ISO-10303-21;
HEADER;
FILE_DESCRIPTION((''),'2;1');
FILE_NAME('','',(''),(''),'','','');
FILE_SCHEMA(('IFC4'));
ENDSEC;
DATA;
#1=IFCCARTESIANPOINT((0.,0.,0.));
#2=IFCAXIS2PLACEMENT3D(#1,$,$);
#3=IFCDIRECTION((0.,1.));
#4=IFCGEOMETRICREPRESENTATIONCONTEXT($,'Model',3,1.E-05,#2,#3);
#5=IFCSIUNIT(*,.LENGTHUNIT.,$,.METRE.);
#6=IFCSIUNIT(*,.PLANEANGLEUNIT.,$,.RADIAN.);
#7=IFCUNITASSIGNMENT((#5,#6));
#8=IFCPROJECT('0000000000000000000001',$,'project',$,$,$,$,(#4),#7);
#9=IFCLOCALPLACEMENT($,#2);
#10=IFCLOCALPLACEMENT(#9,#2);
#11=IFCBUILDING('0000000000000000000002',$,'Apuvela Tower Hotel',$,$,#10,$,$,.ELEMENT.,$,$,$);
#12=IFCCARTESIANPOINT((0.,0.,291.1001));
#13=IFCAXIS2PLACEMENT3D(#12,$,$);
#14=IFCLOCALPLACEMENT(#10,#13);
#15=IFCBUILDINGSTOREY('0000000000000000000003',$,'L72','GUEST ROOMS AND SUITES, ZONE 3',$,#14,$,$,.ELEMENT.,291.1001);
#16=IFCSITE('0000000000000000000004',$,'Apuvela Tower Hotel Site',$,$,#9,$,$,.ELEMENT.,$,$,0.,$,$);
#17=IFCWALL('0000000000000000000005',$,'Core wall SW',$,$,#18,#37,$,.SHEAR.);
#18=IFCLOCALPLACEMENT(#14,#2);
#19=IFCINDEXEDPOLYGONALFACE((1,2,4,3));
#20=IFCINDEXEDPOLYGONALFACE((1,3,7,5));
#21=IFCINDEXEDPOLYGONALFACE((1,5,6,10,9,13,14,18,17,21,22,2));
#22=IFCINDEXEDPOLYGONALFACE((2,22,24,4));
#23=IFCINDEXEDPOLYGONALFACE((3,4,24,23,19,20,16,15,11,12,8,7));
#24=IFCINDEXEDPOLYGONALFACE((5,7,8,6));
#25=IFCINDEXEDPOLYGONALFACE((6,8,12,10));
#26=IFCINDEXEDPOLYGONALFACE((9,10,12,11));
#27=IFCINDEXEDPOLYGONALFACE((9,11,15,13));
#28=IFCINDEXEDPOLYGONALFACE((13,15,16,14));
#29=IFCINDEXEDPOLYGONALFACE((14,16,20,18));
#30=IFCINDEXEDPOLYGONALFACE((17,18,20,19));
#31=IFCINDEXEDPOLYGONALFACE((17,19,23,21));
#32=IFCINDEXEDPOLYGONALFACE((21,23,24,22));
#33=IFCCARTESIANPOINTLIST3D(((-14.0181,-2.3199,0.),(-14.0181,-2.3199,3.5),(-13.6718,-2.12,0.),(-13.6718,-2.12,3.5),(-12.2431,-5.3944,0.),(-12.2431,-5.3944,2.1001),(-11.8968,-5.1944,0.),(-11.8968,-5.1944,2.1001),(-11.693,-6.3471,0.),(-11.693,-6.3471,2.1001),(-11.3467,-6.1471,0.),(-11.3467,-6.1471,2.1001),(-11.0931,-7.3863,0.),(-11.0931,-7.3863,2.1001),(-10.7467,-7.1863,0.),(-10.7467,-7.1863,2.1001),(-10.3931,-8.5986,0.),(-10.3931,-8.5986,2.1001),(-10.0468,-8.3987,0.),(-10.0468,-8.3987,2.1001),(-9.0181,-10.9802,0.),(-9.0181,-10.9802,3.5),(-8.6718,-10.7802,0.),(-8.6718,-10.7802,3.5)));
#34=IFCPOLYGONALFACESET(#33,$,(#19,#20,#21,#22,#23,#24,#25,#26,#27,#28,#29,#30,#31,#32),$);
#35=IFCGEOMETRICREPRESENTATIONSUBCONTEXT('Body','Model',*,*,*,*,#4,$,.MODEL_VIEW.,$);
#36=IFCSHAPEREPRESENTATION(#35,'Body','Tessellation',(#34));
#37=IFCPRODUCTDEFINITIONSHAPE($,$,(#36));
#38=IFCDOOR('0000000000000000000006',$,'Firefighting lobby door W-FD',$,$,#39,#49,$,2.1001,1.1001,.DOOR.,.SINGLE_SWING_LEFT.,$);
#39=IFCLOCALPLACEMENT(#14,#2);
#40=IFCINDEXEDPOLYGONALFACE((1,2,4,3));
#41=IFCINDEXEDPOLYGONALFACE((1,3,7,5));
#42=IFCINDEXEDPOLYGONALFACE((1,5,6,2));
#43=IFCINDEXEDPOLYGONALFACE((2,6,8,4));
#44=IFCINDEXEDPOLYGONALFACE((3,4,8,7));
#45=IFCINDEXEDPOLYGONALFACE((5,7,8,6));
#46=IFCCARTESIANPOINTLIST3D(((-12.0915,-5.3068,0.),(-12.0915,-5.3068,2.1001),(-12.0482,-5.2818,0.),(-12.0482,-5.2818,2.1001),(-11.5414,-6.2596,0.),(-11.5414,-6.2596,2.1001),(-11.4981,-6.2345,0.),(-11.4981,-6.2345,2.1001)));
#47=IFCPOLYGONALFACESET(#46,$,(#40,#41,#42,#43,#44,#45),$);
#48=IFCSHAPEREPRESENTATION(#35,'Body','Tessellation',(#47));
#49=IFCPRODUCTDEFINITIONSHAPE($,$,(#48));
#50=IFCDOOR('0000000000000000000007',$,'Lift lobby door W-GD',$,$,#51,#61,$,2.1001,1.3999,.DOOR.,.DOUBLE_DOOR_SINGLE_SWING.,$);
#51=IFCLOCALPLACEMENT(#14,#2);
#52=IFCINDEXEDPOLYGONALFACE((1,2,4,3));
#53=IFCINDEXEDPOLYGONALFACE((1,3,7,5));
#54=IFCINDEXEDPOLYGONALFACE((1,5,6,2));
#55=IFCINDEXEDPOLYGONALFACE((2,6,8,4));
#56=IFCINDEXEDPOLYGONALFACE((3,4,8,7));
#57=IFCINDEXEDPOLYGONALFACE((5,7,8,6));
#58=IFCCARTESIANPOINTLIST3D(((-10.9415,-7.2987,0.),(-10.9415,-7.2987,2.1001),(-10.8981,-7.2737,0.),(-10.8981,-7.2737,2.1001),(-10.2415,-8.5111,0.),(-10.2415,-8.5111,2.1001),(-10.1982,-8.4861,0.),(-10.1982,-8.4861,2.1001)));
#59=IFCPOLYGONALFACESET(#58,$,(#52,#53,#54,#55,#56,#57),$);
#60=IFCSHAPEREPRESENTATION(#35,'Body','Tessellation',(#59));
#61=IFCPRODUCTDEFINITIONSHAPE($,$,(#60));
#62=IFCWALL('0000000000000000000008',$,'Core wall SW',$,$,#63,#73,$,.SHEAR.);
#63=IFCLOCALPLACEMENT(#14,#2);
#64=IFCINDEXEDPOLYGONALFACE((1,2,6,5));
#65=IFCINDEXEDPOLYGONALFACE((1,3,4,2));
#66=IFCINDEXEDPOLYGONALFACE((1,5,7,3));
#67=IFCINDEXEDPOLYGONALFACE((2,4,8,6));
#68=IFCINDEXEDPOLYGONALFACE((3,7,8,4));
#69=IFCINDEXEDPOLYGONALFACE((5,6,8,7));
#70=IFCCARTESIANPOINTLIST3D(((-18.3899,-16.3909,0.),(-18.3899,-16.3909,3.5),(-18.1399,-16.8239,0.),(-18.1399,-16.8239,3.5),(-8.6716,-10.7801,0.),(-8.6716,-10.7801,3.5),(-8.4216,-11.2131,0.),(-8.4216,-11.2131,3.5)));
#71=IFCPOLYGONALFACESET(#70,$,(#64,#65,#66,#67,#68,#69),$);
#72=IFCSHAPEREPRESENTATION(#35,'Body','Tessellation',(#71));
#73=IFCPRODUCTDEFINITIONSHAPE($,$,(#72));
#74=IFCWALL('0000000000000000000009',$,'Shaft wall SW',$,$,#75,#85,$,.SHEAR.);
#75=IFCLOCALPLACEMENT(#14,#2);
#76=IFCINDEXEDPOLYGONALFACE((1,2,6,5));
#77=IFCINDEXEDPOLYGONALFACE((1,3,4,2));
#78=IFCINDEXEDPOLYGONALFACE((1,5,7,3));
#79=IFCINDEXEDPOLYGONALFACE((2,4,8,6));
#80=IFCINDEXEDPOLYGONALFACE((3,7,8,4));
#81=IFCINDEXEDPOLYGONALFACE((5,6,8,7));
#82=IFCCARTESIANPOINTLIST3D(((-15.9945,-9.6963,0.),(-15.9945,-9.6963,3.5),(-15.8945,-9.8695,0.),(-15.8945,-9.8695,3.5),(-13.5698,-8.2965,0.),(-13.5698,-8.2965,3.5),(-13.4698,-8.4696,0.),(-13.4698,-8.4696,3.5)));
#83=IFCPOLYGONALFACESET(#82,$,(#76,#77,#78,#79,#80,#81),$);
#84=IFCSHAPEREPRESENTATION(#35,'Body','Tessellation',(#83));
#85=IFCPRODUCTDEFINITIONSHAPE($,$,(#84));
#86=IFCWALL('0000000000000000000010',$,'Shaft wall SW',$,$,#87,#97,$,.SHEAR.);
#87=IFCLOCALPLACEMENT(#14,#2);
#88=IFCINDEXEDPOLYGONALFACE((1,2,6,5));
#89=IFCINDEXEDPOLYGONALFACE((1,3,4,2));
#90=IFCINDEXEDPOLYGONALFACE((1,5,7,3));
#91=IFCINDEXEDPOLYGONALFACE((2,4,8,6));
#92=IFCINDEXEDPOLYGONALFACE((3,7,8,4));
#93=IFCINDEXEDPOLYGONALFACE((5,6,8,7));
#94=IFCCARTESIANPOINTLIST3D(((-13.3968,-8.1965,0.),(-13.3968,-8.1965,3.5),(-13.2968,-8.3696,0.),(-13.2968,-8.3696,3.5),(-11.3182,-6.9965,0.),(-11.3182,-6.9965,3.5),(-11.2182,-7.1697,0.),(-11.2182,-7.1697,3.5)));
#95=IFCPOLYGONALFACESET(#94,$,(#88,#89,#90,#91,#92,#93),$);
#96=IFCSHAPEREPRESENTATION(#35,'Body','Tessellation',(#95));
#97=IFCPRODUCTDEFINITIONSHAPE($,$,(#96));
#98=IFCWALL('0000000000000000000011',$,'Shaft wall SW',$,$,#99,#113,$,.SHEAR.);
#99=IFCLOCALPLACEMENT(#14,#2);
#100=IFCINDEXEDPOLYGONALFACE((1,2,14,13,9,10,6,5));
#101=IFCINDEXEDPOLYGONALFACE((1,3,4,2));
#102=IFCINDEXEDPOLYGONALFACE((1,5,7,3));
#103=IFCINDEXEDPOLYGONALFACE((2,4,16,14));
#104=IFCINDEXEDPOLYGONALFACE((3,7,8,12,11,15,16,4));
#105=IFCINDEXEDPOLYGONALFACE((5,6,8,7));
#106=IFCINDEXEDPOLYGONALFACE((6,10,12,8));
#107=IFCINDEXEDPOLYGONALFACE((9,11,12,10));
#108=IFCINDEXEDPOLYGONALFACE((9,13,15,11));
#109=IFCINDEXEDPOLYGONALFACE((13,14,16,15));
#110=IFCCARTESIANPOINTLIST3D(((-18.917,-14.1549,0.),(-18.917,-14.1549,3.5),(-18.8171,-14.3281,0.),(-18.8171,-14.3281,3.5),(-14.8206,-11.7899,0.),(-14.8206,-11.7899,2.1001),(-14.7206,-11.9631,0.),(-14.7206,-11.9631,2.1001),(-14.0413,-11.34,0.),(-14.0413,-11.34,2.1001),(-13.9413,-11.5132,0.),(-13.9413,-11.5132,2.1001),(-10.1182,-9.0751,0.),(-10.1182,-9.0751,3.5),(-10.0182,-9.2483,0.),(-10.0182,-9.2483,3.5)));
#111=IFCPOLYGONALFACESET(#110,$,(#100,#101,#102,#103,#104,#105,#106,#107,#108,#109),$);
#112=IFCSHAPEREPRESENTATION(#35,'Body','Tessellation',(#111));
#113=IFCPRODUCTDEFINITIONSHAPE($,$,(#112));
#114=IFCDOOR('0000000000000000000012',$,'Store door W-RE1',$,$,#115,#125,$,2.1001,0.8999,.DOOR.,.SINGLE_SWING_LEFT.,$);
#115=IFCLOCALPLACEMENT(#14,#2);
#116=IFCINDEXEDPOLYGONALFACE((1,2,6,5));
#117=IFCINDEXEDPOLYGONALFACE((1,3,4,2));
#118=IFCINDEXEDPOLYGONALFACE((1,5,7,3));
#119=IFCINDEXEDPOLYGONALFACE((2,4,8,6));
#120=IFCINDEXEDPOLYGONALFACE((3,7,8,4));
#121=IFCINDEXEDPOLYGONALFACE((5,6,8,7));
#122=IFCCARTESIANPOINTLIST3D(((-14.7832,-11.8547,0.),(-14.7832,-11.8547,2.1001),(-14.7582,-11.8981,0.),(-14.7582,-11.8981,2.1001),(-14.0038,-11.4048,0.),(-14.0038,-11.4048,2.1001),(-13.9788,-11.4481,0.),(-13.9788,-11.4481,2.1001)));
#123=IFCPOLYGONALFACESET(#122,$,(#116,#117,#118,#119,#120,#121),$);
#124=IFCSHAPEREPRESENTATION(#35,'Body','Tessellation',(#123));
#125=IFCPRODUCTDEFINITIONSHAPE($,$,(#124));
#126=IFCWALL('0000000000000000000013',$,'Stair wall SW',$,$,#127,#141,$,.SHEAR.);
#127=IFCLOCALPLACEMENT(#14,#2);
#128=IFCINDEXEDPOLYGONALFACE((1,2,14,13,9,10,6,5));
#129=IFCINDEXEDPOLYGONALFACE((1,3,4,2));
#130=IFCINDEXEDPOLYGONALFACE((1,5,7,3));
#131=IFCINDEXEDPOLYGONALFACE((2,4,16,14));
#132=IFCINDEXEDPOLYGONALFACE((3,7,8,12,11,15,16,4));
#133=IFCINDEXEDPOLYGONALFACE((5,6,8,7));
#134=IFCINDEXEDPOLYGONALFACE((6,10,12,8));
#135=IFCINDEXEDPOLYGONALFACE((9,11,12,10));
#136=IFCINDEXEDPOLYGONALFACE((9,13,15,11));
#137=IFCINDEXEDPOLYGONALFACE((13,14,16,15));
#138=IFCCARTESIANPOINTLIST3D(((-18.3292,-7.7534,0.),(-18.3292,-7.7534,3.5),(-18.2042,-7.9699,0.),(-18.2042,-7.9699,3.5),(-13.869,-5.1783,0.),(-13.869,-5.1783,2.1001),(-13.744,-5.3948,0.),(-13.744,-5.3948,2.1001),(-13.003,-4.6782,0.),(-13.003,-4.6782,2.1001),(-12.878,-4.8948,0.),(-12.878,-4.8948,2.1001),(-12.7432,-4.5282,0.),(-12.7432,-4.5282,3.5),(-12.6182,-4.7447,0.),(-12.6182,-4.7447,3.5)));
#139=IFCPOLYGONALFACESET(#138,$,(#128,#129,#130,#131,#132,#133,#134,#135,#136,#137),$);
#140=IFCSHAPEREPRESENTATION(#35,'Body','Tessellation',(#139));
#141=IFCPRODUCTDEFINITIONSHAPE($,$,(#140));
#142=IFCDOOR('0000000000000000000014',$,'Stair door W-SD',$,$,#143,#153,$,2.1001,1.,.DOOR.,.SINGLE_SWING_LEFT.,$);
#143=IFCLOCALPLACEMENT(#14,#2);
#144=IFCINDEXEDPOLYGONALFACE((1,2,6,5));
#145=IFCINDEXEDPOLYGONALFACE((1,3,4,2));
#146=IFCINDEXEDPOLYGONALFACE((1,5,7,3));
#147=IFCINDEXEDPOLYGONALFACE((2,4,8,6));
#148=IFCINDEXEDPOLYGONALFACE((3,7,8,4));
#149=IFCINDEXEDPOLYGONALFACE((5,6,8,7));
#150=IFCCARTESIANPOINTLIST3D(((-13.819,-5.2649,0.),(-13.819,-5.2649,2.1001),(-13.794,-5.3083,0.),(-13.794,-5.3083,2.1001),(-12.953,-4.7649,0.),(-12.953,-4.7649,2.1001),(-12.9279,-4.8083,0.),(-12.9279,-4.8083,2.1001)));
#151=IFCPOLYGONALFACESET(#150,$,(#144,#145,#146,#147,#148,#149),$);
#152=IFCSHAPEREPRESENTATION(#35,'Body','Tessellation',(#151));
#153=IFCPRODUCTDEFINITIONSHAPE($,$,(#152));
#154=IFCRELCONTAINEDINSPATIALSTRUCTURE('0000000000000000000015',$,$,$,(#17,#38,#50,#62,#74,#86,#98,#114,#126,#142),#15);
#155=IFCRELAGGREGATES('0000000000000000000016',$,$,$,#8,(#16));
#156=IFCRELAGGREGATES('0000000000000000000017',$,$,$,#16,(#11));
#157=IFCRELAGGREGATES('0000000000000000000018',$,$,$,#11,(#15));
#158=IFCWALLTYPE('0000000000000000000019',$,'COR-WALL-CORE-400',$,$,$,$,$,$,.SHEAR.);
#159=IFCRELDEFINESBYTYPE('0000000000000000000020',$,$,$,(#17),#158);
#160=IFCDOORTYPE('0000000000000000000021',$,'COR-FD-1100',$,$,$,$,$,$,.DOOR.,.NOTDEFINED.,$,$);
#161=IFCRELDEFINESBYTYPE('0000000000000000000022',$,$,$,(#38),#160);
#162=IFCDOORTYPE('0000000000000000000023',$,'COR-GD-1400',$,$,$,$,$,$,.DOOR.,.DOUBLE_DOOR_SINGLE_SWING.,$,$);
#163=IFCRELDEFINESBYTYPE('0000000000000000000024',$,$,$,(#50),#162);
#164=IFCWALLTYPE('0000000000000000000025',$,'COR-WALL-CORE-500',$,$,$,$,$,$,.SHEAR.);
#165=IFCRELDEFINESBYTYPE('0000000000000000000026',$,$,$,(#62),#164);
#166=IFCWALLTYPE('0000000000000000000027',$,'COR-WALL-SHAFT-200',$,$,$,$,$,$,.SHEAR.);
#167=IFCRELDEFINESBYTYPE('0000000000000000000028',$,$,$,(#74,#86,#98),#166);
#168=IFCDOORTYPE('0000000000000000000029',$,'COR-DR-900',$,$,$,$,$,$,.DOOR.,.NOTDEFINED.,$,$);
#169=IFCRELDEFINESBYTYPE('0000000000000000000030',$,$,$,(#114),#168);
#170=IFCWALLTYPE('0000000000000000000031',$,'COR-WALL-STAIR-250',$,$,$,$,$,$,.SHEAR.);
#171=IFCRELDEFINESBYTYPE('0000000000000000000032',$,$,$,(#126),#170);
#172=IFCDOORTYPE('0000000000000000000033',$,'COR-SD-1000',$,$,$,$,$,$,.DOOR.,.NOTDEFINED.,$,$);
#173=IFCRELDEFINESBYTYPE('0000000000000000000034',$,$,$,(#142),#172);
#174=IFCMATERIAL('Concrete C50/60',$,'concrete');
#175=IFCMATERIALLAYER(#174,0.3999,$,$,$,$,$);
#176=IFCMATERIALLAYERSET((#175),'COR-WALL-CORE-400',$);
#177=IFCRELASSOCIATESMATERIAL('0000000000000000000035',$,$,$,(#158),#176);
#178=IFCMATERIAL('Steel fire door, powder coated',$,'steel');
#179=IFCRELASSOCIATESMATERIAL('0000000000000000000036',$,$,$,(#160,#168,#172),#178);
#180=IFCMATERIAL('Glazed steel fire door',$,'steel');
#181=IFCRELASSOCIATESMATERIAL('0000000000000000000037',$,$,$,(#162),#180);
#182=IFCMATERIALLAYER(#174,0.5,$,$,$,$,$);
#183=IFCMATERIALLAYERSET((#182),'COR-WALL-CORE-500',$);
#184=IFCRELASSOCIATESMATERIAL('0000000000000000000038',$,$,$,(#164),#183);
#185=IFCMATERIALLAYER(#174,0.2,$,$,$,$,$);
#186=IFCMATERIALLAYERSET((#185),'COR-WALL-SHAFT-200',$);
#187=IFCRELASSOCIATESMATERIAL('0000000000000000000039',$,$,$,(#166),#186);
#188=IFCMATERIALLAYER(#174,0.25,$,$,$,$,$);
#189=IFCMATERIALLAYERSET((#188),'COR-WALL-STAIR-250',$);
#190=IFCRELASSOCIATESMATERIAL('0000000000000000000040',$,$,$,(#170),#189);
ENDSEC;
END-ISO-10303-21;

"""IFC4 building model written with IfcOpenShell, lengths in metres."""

from ifc_helpers import new_model, si_unit, direction, frame, frame_2d, origin, place, context, subcontext, project, spatial, rectangle, extrude, material, layer, layer_set, type_object, element, fill, save


model = new_model("IFC4")

# Units and contexts
model_context = context("Model", 3, precision=1e-05, world=origin(), true_north=direction((0.0, 1.0)))
body_context = subcontext(model_context, "Body", "Model", "MODEL_VIEW")
ifc_project = project(units=[si_unit("LENGTHUNIT", "METRE"), si_unit("PLANEANGLEUNIT", "RADIAN")], contexts=[model_context])

# Site, building, storey
site_placement = place(None, origin())
site = spatial("IfcSite", under=ifc_project, at=site_placement, Name="Apuvela Tower Hotel Site", CompositionType="ELEMENT", RefElevation=0.0)
building_placement = place(site_placement, origin())
building = spatial("IfcBuilding", under=site, at=building_placement, Name="Apuvela Tower Hotel", CompositionType="ELEMENT")
storey_placement = place(building_placement, frame((0.0, 0.0, 291.1001)))
storey = spatial("IfcBuildingStorey", under=building, at=storey_placement, Name="L72", Description="GUEST ROOMS AND SUITES, ZONE 3", CompositionType="ELEMENT", Elevation=291.1001)

# Wall, openings, doors
ifc_material_1 = material(Name="Concrete C50/60", Category="concrete")
ifc_layer_1 = layer(ifc_material_1, 0.3999)
ifc_layer_set_1 = layer_set([ifc_layer_1], Name="COR-WALL-CORE-400")
wall_type_1 = type_object("IfcWallType", Name="COR-WALL-CORE-400", PredefinedType="SHEAR", material=ifc_layer_set_1)
wall_1_placement = place(storey_placement, frame((-13.845, -2.22, 0.0), z_axis=(0.0, 0.0, 1.0), x_axis=(0.500004, -0.866023, 0.0)))
wall_1 = element("IfcWall", 1, at=wall_1_placement, inside=storey, type_object=wall_type_1, Name="Core wall SW", PredefinedType="SHEAR", context=body_context, shape_type="SweptSolid", body=[
    extrude(rectangle(XDim=10.0, YDim=0.3999, at=frame_2d((5.0, 0.0))), origin(), (0.0, 0.0, 1.0), 3.5),
])
opening_1_placement = place(wall_1_placement, frame((3.55, 0.0, 0.0)))
opening_1 = element("IfcOpeningElement", 2, at=opening_1_placement, cuts=wall_1, PredefinedType="OPENING", context=body_context, shape_type="SweptSolid", body=[
    extrude(rectangle(XDim=1.1001, YDim=2.1001, at=frame_2d((0.55, 1.05))), frame((0.0, 0.21, 0.0), z_axis=(0.0, -1.0, 0.0), x_axis=(1.0, 0.0, 0.0)), (0.0, 0.0, 1.0), 0.4199),
])
opening_2_placement = place(wall_1_placement, frame((5.8501, 0.0, 0.0)))
opening_2 = element("IfcOpeningElement", 3, at=opening_2_placement, cuts=wall_1, PredefinedType="OPENING", context=body_context, shape_type="SweptSolid", body=[
    extrude(rectangle(XDim=1.3999, YDim=2.1001, at=frame_2d((0.7, 1.05))), frame((0.0, 0.21, 0.0), z_axis=(0.0, -1.0, 0.0), x_axis=(1.0, 0.0, 0.0)), (0.0, 0.0, 1.0), 0.4199),
])
ifc_material_2 = material(Name="Steel fire door, powder coated", Category="steel")
door_type_1 = type_object("IfcDoorType", Name="COR-FD-1100", OperationType="NOTDEFINED", PredefinedType="DOOR", material=ifc_material_2)
door_1_placement = place(opening_1_placement, frame((1.1001, 0.0, 0.0), z_axis=(0.0, 0.0, 1.0), x_axis=(-1.0, 0.0, 0.0)))
door_1 = element("IfcDoor", 4, at=door_1_placement, inside=storey, type_object=door_type_1, Name="Firefighting lobby door W-FD", OperationType="SINGLE_SWING_LEFT", OverallHeight=2.1001, OverallWidth=1.1001, PredefinedType="DOOR", context=body_context, shape_type="SweptSolid", body=[
    extrude(rectangle(XDim=1.1001, YDim=2.1001, at=frame_2d((0.55, 1.05))), frame((0.0, 0.0249, 0.0), z_axis=(0.0, -1.0, 0.0), x_axis=(1.0, 0.0, 0.0)), (0.0, 0.0, 1.0), 0.05),
])
fill(opening_1, door_1)
ifc_material_3 = material(Name="Glazed steel fire door", Category="steel")
door_type_2 = type_object("IfcDoorType", Name="COR-GD-1400", OperationType="DOUBLE_DOOR_SINGLE_SWING", PredefinedType="DOOR", material=ifc_material_3)
door_2_placement = place(opening_2_placement, frame((1.3999, 0.0, 0.0), z_axis=(0.0, 0.0, 1.0), x_axis=(-1.0, 0.0, 0.0)))
door_2 = element("IfcDoor", 5, at=door_2_placement, inside=storey, type_object=door_type_2, Name="Lift lobby door W-GD", OperationType="DOUBLE_DOOR_SINGLE_SWING", OverallHeight=2.1001, OverallWidth=1.3999, PredefinedType="DOOR", context=body_context, shape_type="SweptSolid", body=[
    extrude(rectangle(XDim=1.3999, YDim=2.1001, at=frame_2d((0.7, 1.05))), frame((0.0, 0.0249, 0.0), z_axis=(0.0, -1.0, 0.0), x_axis=(1.0, 0.0, 0.0)), (0.0, 0.0, 1.0), 0.05),
])
fill(opening_2, door_2)

# Walls
ifc_layer_2 = layer(ifc_material_1, 0.5)
ifc_layer_set_2 = layer_set([ifc_layer_2], Name="COR-WALL-CORE-500")
wall_type_2 = type_object("IfcWallType", Name="COR-WALL-CORE-500", PredefinedType="SHEAR", material=ifc_layer_set_2)
wall_2_placement = place(storey_placement, frame((-8.5466, -10.9966, 0.0), z_axis=(0.0, 0.0, 1.0), x_axis=(-0.866025, -0.5, 0.0)))
element("IfcWall", 6, at=wall_2_placement, inside=storey, type_object=wall_type_2, Name="Core wall SW", PredefinedType="SHEAR", context=body_context, shape_type="SweptSolid", body=[
    extrude(rectangle(XDim=11.2217, YDim=0.5, at=frame_2d((5.6108, 0.0))), origin(), (0.0, 0.0, 1.0), 3.5),
])
ifc_layer_3 = layer(ifc_material_1, 0.2)
ifc_layer_set_3 = layer_set([ifc_layer_3], Name="COR-WALL-SHAFT-200")
wall_type_3 = type_object("IfcWallType", Name="COR-WALL-SHAFT-200", PredefinedType="SHEAR", material=ifc_layer_set_3)
wall_3_placement = place(storey_placement, frame((-13.5198, -8.3831, 0.0), z_axis=(0.0, 0.0, 1.0), x_axis=(-0.866035, -0.499984, 0.0)))
element("IfcWall", 7, at=wall_3_placement, inside=storey, type_object=wall_type_3, Name="Shaft wall SW", PredefinedType="SHEAR", context=body_context, shape_type="SweptSolid", body=[
    extrude(rectangle(XDim=2.7998, YDim=0.2, at=frame_2d((1.3999, 0.0))), origin(), (0.0, 0.0, 1.0), 3.5),
])
wall_4_placement = place(storey_placement, frame((-11.2681, -7.083, 0.0), z_axis=(0.0, 0.0, 1.0), x_axis=(-0.86605, -0.499957, 0.0)))
element("IfcWall", 8, at=wall_4_placement, inside=storey, type_object=wall_type_3, Name="Shaft wall SW", PredefinedType="SHEAR", context=body_context, shape_type="SweptSolid", body=[
    extrude(rectangle(XDim=2.4001, YDim=0.2, at=frame_2d((1.2002, 0.0))), origin(), (0.0, 0.0, 1.0), 3.5),
])

# Walls, openings, doors
wall_5_placement = place(storey_placement, frame((-10.0681, -9.1616, 0.0), z_axis=(0.0, 0.0, 1.0), x_axis=(-0.866033, -0.499987, 0.0)))
wall_5 = element("IfcWall", 9, at=wall_5_placement, inside=storey, type_object=wall_type_3, Name="Shaft wall SW", PredefinedType="SHEAR", context=body_context, shape_type="SweptSolid", body=[
    extrude(rectangle(XDim=10.1599, YDim=0.2, at=frame_2d((5.0801, 0.0))), origin(), (0.0, 0.0, 1.0), 3.5),
])
opening_3_placement = place(wall_5_placement, frame((4.53, 0.0, 0.0)))
opening_3 = element("IfcOpeningElement", 10, at=opening_3_placement, cuts=wall_5, PredefinedType="OPENING", context=body_context, shape_type="SweptSolid", body=[
    extrude(rectangle(XDim=0.8999, YDim=2.1001, at=frame_2d((0.45, 1.05))), frame((0.0, 0.1099, 0.0), z_axis=(0.0, -1.0, 0.0), x_axis=(1.0, 0.0, 0.0)), (0.0, 0.0, 1.0), 0.22),
])
door_type_3 = type_object("IfcDoorType", Name="COR-DR-900", OperationType="NOTDEFINED", PredefinedType="DOOR", material=ifc_material_2)
door_3_placement = place(opening_3_placement, origin())
door_3 = element("IfcDoor", 11, at=door_3_placement, inside=storey, type_object=door_type_3, Name="Store door W-RE1", OperationType="SINGLE_SWING_LEFT", OverallHeight=2.1001, OverallWidth=0.8999, PredefinedType="DOOR", context=body_context, shape_type="SweptSolid", body=[
    extrude(rectangle(XDim=0.8999, YDim=2.1001, at=frame_2d((0.45, 1.05))), frame((0.0, 0.0249, 0.0), z_axis=(0.0, -1.0, 0.0), x_axis=(1.0, 0.0, 0.0)), (0.0, 0.0, 1.0), 0.05),
])
fill(opening_3, door_3)
ifc_layer_4 = layer(ifc_material_1, 0.25)
ifc_layer_set_4 = layer_set([ifc_layer_4], Name="COR-WALL-STAIR-250")
wall_type_4 = type_object("IfcWallType", Name="COR-WALL-STAIR-250", PredefinedType="SHEAR", material=ifc_layer_set_4)
wall_6_placement = place(storey_placement, frame((-12.6807, -4.6365, 0.0), z_axis=(0.0, 0.0, 1.0), x_axis=(-0.866022, -0.500006, 0.0)))
wall_6 = element("IfcWall", 12, at=wall_6_placement, inside=storey, type_object=wall_type_4, Name="Stair wall SW", PredefinedType="SHEAR", context=body_context, shape_type="SweptSolid", body=[
    extrude(rectangle(XDim=6.4502, YDim=0.25, at=frame_2d((3.2251, 0.0))), origin(), (0.0, 0.0, 1.0), 3.5),
])
opening_4_placement = place(wall_6_placement, frame((0.3, 0.0, 0.0)))
opening_4 = element("IfcOpeningElement", 13, at=opening_4_placement, cuts=wall_6, PredefinedType="OPENING", context=body_context, shape_type="SweptSolid", body=[
    extrude(rectangle(XDim=1.0, YDim=2.1001, at=frame_2d((0.5, 1.05))), frame((0.0, 0.135, 0.0), z_axis=(0.0, -1.0, 0.0), x_axis=(1.0, 0.0, 0.0)), (0.0, 0.0, 1.0), 0.27),
])
door_type_4 = type_object("IfcDoorType", Name="COR-SD-1000", OperationType="NOTDEFINED", PredefinedType="DOOR", material=ifc_material_2)
door_4_placement = place(opening_4_placement, frame((1.0, 0.0, 0.0), z_axis=(0.0, 0.0, 1.0), x_axis=(-1.0, 0.0, 0.0)))
door_4 = element("IfcDoor", 14, at=door_4_placement, inside=storey, type_object=door_type_4, Name="Stair door W-SD", OperationType="SINGLE_SWING_LEFT", OverallHeight=2.1001, OverallWidth=1.0, PredefinedType="DOOR", context=body_context, shape_type="SweptSolid", body=[
    extrude(rectangle(XDim=1.0, YDim=2.1001, at=frame_2d((0.5, 1.05))), frame((0.0, 0.0249, 0.0), z_axis=(0.0, -1.0, 0.0), x_axis=(1.0, 0.0, 0.0)), (0.0, 0.0, 1.0), 0.05),
])
fill(opening_4, door_4)

save(model, "model.ifc")
